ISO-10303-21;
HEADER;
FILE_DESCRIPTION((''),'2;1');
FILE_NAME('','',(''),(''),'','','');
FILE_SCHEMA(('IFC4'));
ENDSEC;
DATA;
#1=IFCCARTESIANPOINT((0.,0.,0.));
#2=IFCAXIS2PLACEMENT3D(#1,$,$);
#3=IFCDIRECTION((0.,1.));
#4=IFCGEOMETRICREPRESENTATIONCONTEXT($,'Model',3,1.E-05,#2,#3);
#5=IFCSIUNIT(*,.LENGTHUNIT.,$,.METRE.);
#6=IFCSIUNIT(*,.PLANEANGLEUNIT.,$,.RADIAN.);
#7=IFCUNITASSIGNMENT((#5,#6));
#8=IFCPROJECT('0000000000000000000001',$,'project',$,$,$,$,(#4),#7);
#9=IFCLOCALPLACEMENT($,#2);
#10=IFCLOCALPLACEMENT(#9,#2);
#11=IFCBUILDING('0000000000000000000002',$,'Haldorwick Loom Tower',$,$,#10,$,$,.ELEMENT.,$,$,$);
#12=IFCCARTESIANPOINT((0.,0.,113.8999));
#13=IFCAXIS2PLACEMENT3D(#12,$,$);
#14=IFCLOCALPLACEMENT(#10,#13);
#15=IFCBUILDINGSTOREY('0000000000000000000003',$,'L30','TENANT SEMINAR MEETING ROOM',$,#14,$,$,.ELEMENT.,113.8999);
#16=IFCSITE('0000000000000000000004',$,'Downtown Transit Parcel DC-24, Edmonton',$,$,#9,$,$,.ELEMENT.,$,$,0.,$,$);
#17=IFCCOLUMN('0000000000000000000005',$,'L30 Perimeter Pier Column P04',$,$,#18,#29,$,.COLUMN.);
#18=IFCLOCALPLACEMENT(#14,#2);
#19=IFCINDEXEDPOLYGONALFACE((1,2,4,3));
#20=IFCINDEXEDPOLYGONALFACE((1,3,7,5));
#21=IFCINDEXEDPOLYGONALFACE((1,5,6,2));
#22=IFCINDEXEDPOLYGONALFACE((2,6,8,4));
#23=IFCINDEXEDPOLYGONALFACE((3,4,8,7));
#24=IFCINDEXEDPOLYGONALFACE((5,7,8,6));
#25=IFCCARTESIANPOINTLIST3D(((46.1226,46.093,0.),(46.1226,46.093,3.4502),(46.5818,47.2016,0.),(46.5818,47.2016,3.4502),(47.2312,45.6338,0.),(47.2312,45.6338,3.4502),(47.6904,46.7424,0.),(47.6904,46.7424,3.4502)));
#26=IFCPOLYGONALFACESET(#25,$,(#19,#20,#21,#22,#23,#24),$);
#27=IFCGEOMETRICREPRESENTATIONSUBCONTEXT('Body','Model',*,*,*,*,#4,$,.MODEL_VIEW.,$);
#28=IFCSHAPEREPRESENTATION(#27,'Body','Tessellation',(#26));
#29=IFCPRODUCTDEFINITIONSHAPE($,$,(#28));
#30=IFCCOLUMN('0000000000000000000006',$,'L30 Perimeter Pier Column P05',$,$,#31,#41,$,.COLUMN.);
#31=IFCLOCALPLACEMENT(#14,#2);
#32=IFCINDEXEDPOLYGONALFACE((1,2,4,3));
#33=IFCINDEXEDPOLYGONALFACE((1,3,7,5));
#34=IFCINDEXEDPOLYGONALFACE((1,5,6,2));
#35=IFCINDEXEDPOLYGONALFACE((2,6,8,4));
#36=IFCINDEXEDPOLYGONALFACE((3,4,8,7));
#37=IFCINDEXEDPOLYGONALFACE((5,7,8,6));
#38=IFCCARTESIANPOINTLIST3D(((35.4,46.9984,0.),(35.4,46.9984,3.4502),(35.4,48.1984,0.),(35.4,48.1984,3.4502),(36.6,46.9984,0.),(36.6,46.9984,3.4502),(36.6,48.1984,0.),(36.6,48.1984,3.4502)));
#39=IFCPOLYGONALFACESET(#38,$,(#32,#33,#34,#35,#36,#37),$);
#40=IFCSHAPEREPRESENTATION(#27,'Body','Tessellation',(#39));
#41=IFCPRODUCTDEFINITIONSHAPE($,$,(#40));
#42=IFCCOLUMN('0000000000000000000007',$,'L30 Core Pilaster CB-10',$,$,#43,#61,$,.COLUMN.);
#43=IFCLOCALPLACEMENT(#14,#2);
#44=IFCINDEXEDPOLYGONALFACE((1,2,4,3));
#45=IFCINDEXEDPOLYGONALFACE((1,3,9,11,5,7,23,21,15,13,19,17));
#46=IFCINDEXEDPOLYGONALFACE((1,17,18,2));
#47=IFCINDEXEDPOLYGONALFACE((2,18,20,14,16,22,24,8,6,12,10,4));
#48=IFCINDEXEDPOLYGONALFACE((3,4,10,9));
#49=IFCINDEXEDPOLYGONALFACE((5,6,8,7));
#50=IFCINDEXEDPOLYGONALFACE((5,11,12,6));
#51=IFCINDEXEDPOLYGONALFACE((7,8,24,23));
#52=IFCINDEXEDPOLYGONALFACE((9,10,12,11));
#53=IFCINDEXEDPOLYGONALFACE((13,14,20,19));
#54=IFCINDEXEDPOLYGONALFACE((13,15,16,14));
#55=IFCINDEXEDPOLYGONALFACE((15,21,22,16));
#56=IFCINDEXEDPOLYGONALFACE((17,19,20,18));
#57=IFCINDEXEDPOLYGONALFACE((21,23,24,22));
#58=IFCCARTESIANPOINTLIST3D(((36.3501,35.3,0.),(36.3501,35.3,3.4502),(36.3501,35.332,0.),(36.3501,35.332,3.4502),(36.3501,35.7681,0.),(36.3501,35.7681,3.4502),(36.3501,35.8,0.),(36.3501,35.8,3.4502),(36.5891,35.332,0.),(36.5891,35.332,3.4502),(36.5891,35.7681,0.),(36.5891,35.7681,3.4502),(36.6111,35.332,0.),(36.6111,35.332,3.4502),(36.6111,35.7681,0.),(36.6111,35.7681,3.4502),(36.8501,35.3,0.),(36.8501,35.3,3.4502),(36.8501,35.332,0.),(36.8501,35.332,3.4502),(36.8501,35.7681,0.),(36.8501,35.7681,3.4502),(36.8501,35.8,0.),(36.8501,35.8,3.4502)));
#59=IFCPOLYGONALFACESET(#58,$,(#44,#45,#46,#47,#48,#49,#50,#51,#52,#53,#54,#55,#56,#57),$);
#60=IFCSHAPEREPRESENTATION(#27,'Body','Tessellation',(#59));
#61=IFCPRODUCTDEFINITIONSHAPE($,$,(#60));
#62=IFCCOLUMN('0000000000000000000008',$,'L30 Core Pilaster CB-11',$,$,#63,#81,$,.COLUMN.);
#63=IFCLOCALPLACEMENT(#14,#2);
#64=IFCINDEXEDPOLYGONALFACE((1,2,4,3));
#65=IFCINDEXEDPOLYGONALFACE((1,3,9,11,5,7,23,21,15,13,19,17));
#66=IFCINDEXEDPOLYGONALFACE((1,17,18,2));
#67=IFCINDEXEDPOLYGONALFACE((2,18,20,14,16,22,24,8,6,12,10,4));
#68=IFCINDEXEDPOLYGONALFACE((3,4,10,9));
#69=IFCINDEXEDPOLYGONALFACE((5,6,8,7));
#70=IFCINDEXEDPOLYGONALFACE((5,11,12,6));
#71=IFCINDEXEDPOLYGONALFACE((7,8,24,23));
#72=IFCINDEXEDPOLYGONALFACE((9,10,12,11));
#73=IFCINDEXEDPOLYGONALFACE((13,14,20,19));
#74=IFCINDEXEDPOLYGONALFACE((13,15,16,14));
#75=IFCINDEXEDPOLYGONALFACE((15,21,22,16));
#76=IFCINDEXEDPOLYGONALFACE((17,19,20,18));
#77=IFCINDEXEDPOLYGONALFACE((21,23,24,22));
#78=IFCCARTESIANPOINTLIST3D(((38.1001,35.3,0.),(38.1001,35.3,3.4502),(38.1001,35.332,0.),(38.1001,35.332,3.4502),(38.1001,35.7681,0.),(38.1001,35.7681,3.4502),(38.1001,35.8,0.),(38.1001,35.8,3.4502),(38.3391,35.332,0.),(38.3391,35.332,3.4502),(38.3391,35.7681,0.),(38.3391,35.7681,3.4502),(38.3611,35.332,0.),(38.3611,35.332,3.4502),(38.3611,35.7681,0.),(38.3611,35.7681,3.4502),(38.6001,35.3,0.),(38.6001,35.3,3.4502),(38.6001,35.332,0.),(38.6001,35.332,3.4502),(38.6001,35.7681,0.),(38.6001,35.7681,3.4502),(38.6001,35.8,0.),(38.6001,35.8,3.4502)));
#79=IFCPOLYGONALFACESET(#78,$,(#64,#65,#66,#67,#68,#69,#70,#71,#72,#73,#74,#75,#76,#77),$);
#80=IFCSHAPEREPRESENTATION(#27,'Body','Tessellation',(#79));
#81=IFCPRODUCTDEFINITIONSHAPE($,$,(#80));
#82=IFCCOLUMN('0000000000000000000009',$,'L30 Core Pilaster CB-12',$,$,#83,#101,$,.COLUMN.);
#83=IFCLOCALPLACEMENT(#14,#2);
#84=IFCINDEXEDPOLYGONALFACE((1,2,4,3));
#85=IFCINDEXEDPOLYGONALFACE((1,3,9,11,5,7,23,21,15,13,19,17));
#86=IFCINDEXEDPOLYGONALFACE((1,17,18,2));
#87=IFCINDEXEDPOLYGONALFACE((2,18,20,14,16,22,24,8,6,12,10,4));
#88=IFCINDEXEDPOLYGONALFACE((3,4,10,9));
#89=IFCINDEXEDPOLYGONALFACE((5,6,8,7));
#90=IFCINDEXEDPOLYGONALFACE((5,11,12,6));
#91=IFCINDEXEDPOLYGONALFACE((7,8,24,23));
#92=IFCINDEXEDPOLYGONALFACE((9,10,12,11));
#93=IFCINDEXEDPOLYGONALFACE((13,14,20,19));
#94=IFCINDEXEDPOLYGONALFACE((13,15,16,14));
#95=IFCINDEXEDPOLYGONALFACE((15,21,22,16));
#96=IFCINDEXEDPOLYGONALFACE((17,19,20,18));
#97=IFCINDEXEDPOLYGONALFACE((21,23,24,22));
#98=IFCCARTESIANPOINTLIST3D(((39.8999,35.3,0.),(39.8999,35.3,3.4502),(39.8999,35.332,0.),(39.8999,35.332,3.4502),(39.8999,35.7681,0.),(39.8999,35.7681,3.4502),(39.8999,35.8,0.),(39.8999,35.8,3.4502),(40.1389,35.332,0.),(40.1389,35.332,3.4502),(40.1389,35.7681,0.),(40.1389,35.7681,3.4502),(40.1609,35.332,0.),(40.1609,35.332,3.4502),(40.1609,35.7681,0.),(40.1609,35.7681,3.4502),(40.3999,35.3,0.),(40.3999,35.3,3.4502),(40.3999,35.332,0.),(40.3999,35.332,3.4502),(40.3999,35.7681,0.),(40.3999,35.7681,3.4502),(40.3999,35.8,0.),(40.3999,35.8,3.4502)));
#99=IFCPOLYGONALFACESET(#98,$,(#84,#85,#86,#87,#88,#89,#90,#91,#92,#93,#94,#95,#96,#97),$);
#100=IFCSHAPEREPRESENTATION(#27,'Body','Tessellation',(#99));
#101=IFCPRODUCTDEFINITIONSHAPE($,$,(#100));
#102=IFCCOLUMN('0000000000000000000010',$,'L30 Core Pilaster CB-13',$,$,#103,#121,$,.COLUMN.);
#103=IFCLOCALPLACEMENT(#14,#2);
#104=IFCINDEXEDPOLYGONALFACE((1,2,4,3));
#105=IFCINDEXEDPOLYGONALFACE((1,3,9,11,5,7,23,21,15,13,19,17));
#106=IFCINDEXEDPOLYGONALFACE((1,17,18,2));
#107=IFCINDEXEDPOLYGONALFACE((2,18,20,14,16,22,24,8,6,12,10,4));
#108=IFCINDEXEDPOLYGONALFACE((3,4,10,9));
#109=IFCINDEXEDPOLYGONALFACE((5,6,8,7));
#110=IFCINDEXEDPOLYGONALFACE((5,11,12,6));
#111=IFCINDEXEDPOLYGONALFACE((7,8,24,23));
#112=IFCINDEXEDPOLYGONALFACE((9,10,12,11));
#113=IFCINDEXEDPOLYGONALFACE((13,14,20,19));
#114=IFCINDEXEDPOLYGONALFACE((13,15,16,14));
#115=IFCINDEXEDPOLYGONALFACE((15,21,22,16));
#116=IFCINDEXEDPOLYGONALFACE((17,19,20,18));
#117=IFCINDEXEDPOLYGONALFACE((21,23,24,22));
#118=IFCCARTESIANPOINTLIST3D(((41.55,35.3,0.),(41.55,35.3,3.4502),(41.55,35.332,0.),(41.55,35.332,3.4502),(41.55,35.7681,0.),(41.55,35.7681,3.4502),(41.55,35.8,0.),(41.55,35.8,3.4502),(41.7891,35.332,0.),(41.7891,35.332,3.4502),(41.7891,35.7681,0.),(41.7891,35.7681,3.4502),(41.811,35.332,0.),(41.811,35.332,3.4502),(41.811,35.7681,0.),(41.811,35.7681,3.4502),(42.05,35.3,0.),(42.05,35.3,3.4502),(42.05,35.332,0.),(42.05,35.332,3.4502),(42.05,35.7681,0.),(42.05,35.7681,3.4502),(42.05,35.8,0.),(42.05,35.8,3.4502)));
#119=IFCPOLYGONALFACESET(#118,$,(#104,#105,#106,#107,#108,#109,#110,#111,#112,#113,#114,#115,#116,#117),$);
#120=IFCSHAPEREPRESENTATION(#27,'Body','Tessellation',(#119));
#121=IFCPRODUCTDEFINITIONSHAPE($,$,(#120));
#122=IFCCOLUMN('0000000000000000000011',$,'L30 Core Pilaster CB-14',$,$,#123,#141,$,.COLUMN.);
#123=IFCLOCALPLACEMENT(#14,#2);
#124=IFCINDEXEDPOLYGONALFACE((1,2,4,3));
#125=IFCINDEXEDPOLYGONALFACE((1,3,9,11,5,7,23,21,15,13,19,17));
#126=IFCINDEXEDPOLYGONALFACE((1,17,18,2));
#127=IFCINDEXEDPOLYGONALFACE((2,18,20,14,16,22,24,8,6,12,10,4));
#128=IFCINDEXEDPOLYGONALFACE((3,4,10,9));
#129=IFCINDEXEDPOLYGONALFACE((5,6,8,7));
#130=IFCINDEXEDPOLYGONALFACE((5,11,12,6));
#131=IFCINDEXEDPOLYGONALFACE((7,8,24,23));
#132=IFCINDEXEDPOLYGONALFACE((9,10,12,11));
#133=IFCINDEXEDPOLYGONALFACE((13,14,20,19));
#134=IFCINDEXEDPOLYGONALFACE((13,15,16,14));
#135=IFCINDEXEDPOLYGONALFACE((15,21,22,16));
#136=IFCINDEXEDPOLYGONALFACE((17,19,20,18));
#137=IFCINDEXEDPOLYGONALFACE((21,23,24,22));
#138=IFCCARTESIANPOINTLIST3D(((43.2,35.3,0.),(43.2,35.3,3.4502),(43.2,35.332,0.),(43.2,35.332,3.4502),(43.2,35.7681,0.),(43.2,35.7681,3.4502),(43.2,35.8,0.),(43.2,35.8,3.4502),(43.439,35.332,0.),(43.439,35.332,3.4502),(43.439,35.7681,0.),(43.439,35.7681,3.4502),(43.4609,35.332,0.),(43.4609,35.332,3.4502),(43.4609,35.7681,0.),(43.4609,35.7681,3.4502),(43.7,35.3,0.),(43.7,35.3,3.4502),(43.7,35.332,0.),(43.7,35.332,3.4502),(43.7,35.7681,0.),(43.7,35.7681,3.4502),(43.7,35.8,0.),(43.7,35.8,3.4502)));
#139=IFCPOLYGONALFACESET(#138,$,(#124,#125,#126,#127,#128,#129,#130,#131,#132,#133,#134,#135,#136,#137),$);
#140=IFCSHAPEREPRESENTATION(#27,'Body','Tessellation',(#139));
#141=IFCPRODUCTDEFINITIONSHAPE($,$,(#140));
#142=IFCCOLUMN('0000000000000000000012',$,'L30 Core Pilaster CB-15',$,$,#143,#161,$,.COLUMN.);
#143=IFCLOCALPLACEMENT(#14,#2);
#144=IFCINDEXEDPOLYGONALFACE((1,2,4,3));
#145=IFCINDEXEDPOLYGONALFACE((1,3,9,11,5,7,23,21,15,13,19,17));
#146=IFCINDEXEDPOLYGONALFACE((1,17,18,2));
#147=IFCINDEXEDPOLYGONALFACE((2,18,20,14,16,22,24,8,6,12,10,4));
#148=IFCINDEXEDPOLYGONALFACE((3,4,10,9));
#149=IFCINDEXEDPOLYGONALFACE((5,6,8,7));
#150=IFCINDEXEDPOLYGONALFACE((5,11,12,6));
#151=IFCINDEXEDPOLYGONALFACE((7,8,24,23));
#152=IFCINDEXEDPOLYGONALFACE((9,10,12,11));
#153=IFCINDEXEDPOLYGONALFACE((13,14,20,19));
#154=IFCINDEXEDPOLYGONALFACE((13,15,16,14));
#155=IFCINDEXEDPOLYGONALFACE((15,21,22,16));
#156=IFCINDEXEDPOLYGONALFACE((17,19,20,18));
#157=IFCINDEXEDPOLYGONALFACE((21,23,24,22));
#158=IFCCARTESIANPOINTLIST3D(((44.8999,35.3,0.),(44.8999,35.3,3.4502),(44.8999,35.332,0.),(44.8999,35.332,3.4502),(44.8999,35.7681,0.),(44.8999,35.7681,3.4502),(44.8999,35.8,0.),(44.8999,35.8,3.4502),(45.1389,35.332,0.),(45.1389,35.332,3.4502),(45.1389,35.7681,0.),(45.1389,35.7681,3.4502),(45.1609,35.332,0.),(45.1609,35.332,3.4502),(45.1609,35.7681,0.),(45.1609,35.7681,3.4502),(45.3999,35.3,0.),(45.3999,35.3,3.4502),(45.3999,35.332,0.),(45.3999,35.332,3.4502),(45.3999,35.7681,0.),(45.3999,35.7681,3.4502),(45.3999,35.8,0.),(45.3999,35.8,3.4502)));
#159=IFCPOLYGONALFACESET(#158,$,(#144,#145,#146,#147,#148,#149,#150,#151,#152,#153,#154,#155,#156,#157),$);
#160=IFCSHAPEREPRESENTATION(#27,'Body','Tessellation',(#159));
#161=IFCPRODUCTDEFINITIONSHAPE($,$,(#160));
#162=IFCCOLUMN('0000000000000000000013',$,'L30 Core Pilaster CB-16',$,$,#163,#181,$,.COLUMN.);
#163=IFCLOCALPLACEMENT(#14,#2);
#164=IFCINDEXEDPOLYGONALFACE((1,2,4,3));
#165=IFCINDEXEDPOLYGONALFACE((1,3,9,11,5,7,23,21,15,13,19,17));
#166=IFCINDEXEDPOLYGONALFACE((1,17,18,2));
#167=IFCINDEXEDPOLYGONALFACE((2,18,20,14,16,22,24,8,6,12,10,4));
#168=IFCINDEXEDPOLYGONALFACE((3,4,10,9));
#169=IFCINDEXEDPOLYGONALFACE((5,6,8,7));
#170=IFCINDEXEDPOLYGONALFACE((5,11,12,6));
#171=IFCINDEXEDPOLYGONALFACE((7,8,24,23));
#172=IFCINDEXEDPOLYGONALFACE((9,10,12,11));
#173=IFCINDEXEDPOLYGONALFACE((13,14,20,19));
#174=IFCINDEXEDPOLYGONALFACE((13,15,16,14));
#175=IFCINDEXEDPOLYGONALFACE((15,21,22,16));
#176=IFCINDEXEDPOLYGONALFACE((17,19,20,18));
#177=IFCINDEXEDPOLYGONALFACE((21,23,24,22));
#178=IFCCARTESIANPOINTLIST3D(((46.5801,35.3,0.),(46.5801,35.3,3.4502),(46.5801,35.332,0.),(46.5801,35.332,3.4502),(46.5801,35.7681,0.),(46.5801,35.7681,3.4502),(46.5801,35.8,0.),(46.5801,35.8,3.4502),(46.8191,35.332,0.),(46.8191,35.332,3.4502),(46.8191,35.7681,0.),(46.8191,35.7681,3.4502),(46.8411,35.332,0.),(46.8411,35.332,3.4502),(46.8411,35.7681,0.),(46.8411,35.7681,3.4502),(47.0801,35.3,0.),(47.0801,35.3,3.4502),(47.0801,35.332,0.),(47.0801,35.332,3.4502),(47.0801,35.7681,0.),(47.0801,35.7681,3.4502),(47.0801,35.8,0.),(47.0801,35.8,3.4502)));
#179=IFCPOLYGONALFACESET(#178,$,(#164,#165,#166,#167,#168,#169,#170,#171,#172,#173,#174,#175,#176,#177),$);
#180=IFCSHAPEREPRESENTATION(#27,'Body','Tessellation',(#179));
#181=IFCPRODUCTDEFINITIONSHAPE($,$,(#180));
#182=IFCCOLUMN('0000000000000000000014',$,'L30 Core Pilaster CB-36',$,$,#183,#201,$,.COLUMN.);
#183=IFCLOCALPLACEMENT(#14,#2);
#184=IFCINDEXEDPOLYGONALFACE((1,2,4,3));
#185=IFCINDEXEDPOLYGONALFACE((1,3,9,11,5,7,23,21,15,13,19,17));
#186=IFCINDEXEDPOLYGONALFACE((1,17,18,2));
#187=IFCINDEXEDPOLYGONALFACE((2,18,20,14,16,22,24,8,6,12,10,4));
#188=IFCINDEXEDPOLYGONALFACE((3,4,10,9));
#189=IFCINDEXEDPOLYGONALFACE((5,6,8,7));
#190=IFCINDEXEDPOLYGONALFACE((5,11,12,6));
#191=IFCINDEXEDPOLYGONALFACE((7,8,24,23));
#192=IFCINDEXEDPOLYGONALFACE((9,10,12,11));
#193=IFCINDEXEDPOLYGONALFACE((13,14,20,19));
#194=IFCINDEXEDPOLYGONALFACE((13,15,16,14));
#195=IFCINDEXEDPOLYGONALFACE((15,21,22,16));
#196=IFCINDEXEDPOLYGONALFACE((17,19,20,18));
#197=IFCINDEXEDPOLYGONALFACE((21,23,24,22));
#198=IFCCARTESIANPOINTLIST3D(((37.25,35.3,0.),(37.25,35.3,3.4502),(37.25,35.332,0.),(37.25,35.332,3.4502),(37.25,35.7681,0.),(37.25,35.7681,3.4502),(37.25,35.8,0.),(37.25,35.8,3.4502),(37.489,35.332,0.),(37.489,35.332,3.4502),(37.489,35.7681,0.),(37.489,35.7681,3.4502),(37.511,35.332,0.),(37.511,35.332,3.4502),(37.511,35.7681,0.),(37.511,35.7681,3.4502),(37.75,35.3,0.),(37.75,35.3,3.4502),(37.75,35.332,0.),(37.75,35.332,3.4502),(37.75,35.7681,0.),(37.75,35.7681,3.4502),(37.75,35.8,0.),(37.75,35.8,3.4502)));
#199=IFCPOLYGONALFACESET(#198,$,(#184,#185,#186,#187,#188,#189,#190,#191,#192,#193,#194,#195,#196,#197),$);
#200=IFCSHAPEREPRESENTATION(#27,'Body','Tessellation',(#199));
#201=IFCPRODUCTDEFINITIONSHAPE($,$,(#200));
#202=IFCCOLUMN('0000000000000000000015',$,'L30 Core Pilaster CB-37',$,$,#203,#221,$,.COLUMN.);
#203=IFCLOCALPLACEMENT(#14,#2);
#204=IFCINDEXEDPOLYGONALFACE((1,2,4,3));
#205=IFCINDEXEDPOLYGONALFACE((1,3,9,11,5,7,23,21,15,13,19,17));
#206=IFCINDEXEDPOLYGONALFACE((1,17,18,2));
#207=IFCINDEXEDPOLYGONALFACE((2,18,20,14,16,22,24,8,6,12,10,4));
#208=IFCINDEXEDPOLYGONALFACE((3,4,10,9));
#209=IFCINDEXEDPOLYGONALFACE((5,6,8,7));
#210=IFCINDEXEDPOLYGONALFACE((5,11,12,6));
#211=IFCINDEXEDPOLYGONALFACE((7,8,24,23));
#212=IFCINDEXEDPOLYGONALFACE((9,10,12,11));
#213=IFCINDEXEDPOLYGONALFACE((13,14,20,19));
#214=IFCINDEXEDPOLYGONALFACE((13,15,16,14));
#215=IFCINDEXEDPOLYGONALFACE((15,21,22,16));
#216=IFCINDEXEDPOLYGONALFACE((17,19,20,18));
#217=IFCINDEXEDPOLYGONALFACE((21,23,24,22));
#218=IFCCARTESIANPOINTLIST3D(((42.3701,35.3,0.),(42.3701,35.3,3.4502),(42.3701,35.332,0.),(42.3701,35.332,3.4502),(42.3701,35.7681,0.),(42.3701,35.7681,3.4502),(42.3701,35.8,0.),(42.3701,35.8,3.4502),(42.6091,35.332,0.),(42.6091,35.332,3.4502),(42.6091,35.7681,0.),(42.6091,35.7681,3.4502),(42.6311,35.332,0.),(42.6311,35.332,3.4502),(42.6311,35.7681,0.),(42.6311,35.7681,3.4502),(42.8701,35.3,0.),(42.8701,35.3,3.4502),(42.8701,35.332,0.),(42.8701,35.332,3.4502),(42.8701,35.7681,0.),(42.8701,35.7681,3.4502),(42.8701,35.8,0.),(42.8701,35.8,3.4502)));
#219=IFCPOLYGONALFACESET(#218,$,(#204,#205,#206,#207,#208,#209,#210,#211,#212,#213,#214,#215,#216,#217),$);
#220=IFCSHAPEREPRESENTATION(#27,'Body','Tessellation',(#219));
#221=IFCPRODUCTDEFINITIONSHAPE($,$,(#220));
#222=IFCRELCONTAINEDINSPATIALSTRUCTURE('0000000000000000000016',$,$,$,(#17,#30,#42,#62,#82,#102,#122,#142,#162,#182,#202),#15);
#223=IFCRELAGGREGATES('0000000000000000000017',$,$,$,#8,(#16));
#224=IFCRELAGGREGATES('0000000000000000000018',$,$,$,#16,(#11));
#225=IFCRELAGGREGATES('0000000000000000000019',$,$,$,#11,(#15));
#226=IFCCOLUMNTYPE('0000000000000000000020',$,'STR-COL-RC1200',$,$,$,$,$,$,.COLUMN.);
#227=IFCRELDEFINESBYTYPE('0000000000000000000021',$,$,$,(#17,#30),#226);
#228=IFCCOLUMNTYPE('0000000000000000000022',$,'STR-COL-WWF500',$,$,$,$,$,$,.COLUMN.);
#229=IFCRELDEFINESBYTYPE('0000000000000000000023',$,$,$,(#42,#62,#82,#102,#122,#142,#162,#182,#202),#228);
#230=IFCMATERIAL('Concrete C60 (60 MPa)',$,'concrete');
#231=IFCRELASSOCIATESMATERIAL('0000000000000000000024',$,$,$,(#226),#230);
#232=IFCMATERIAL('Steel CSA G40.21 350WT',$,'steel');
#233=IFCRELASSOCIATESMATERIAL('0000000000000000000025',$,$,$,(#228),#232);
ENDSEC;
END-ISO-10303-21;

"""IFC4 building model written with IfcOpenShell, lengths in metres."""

from ifc_helpers import new_model, si_unit, direction, frame, origin, origin_2d, place, context, subcontext, project, spatial, rectangle, i_section, extrude, material, material_profile, profile_set, type_object, element, save


model = new_model("IFC4")

# Units and contexts
model_context = context("Model", 3, precision=1e-05, world=origin(), true_north=direction((0.0, 1.0)))
body_context = subcontext(model_context, "Body", "Model", "MODEL_VIEW")
ifc_project = project(units=[si_unit("LENGTHUNIT", "METRE"), si_unit("PLANEANGLEUNIT", "RADIAN")], contexts=[model_context])

# Site, building, storey
site_placement = place(None, origin())
site = spatial("IfcSite", under=ifc_project, at=site_placement, Name="Downtown Transit Parcel DC-24, Edmonton", CompositionType="ELEMENT", RefElevation=0.0)
building_placement = place(site_placement, origin())
building = spatial("IfcBuilding", under=site, at=building_placement, Name="Haldorwick Loom Tower", CompositionType="ELEMENT")
storey_placement = place(building_placement, frame((0.0, 0.0, 113.8999)))
storey = spatial("IfcBuildingStorey", under=building, at=storey_placement, Name="L30", Description="TENANT SEMINAR MEETING ROOM", CompositionType="ELEMENT", Elevation=113.8999)

# Columns
ifc_material_1 = material(Name="Concrete C60 (60 MPa)", Category="concrete")
ifc_material_profile_1 = material_profile(ifc_material_1, rectangle(XDim=1.2, YDim=1.2, at=origin_2d()), Name="RC1200X1200", Category="concrete")
ifc_profile_set_1 = profile_set([ifc_material_profile_1], Name="Concrete C60 (60 MPa)")
column_type_1 = type_object("IfcColumnType", Name="STR-COL-RC1200", PredefinedType="COLUMN", material=ifc_profile_set_1)
for number, where, z_axis, x_axis, name in (
    (1, (46.9065, 46.4177, 0.0), (0.0, 0.0, 1.0), (0.382683, 0.92388, 0.0), "L30 Perimeter Pier Column P04"),
    (2, (36.0, 47.5984, 0.0), (0.0, 0.0, 1.0), (0.0, 1.0, 0.0), "L30 Perimeter Pier Column P05"),
):
    element("IfcColumn", number, at=place(storey_placement, frame(where, z_axis=z_axis, x_axis=x_axis)), inside=storey, type_object=column_type_1, Name=name, PredefinedType="COLUMN", context=body_context, shape_type="SweptSolid", body=[
        extrude(rectangle(XDim=1.2, YDim=1.2, at=origin_2d()), origin(), (0.0, 0.0, 1.0), 3.4502),
    ])
ifc_material_2 = material(Name="Steel CSA G40.21 350WT", Category="steel")
ifc_material_profile_2 = material_profile(ifc_material_2, i_section(OverallWidth=0.5, OverallDepth=0.5, WebThickness=0.022, FlangeThickness=0.032, at=origin_2d()), Name="WWF500X500", Category="steel")
ifc_profile_set_2 = profile_set([ifc_material_profile_2], Name="Steel CSA G40.21 350WT")
column_type_2 = type_object("IfcColumnType", Name="STR-COL-WWF500", PredefinedType="COLUMN", material=ifc_profile_set_2)
for number, where, z_axis, x_axis, name in (
    (3, (36.6001, 35.55, 0.0), (0.0, 0.0, 1.0), (1.0, 0.0, 0.0), "L30 Core Pilaster CB-10"),
    (4, (38.3501, 35.55, 0.0), (0.0, 0.0, 1.0), (1.0, 0.0, 0.0), "L30 Core Pilaster CB-11"),
    (5, (40.1499, 35.55, 0.0), (0.0, 0.0, 1.0), (1.0, 0.0, 0.0), "L30 Core Pilaster CB-12"),
    (6, (41.8, 35.55, 0.0), (0.0, 0.0, 1.0), (1.0, 0.0, 0.0), "L30 Core Pilaster CB-13"),
    (7, (43.45, 35.55, 0.0), (0.0, 0.0, 1.0), (1.0, 0.0, 0.0), "L30 Core Pilaster CB-14"),
    (8, (45.1499, 35.55, 0.0), (0.0, 0.0, 1.0), (1.0, 0.0, 0.0), "L30 Core Pilaster CB-15"),
    (9, (46.8301, 35.55, 0.0), (0.0, 0.0, 1.0), (1.0, 0.0, 0.0), "L30 Core Pilaster CB-16"),
    (10, (37.5, 35.55, 0.0), (0.0, 0.0, 1.0), (1.0, 0.0, 0.0), "L30 Core Pilaster CB-36"),
    (11, (42.6201, 35.55, 0.0), (0.0, 0.0, 1.0), (1.0, 0.0, 0.0), "L30 Core Pilaster CB-37"),
):
    element("IfcColumn", number, at=place(storey_placement, frame(where, z_axis=z_axis, x_axis=x_axis)), inside=storey, type_object=column_type_2, Name=name, PredefinedType="COLUMN", context=body_context, shape_type="SweptSolid", body=[
        extrude(i_section(OverallWidth=0.5, OverallDepth=0.5, WebThickness=0.022, FlangeThickness=0.032, at=origin_2d()), origin(), (0.0, 0.0, 1.0), 3.4502),
    ])

save(model, "model.ifc")
